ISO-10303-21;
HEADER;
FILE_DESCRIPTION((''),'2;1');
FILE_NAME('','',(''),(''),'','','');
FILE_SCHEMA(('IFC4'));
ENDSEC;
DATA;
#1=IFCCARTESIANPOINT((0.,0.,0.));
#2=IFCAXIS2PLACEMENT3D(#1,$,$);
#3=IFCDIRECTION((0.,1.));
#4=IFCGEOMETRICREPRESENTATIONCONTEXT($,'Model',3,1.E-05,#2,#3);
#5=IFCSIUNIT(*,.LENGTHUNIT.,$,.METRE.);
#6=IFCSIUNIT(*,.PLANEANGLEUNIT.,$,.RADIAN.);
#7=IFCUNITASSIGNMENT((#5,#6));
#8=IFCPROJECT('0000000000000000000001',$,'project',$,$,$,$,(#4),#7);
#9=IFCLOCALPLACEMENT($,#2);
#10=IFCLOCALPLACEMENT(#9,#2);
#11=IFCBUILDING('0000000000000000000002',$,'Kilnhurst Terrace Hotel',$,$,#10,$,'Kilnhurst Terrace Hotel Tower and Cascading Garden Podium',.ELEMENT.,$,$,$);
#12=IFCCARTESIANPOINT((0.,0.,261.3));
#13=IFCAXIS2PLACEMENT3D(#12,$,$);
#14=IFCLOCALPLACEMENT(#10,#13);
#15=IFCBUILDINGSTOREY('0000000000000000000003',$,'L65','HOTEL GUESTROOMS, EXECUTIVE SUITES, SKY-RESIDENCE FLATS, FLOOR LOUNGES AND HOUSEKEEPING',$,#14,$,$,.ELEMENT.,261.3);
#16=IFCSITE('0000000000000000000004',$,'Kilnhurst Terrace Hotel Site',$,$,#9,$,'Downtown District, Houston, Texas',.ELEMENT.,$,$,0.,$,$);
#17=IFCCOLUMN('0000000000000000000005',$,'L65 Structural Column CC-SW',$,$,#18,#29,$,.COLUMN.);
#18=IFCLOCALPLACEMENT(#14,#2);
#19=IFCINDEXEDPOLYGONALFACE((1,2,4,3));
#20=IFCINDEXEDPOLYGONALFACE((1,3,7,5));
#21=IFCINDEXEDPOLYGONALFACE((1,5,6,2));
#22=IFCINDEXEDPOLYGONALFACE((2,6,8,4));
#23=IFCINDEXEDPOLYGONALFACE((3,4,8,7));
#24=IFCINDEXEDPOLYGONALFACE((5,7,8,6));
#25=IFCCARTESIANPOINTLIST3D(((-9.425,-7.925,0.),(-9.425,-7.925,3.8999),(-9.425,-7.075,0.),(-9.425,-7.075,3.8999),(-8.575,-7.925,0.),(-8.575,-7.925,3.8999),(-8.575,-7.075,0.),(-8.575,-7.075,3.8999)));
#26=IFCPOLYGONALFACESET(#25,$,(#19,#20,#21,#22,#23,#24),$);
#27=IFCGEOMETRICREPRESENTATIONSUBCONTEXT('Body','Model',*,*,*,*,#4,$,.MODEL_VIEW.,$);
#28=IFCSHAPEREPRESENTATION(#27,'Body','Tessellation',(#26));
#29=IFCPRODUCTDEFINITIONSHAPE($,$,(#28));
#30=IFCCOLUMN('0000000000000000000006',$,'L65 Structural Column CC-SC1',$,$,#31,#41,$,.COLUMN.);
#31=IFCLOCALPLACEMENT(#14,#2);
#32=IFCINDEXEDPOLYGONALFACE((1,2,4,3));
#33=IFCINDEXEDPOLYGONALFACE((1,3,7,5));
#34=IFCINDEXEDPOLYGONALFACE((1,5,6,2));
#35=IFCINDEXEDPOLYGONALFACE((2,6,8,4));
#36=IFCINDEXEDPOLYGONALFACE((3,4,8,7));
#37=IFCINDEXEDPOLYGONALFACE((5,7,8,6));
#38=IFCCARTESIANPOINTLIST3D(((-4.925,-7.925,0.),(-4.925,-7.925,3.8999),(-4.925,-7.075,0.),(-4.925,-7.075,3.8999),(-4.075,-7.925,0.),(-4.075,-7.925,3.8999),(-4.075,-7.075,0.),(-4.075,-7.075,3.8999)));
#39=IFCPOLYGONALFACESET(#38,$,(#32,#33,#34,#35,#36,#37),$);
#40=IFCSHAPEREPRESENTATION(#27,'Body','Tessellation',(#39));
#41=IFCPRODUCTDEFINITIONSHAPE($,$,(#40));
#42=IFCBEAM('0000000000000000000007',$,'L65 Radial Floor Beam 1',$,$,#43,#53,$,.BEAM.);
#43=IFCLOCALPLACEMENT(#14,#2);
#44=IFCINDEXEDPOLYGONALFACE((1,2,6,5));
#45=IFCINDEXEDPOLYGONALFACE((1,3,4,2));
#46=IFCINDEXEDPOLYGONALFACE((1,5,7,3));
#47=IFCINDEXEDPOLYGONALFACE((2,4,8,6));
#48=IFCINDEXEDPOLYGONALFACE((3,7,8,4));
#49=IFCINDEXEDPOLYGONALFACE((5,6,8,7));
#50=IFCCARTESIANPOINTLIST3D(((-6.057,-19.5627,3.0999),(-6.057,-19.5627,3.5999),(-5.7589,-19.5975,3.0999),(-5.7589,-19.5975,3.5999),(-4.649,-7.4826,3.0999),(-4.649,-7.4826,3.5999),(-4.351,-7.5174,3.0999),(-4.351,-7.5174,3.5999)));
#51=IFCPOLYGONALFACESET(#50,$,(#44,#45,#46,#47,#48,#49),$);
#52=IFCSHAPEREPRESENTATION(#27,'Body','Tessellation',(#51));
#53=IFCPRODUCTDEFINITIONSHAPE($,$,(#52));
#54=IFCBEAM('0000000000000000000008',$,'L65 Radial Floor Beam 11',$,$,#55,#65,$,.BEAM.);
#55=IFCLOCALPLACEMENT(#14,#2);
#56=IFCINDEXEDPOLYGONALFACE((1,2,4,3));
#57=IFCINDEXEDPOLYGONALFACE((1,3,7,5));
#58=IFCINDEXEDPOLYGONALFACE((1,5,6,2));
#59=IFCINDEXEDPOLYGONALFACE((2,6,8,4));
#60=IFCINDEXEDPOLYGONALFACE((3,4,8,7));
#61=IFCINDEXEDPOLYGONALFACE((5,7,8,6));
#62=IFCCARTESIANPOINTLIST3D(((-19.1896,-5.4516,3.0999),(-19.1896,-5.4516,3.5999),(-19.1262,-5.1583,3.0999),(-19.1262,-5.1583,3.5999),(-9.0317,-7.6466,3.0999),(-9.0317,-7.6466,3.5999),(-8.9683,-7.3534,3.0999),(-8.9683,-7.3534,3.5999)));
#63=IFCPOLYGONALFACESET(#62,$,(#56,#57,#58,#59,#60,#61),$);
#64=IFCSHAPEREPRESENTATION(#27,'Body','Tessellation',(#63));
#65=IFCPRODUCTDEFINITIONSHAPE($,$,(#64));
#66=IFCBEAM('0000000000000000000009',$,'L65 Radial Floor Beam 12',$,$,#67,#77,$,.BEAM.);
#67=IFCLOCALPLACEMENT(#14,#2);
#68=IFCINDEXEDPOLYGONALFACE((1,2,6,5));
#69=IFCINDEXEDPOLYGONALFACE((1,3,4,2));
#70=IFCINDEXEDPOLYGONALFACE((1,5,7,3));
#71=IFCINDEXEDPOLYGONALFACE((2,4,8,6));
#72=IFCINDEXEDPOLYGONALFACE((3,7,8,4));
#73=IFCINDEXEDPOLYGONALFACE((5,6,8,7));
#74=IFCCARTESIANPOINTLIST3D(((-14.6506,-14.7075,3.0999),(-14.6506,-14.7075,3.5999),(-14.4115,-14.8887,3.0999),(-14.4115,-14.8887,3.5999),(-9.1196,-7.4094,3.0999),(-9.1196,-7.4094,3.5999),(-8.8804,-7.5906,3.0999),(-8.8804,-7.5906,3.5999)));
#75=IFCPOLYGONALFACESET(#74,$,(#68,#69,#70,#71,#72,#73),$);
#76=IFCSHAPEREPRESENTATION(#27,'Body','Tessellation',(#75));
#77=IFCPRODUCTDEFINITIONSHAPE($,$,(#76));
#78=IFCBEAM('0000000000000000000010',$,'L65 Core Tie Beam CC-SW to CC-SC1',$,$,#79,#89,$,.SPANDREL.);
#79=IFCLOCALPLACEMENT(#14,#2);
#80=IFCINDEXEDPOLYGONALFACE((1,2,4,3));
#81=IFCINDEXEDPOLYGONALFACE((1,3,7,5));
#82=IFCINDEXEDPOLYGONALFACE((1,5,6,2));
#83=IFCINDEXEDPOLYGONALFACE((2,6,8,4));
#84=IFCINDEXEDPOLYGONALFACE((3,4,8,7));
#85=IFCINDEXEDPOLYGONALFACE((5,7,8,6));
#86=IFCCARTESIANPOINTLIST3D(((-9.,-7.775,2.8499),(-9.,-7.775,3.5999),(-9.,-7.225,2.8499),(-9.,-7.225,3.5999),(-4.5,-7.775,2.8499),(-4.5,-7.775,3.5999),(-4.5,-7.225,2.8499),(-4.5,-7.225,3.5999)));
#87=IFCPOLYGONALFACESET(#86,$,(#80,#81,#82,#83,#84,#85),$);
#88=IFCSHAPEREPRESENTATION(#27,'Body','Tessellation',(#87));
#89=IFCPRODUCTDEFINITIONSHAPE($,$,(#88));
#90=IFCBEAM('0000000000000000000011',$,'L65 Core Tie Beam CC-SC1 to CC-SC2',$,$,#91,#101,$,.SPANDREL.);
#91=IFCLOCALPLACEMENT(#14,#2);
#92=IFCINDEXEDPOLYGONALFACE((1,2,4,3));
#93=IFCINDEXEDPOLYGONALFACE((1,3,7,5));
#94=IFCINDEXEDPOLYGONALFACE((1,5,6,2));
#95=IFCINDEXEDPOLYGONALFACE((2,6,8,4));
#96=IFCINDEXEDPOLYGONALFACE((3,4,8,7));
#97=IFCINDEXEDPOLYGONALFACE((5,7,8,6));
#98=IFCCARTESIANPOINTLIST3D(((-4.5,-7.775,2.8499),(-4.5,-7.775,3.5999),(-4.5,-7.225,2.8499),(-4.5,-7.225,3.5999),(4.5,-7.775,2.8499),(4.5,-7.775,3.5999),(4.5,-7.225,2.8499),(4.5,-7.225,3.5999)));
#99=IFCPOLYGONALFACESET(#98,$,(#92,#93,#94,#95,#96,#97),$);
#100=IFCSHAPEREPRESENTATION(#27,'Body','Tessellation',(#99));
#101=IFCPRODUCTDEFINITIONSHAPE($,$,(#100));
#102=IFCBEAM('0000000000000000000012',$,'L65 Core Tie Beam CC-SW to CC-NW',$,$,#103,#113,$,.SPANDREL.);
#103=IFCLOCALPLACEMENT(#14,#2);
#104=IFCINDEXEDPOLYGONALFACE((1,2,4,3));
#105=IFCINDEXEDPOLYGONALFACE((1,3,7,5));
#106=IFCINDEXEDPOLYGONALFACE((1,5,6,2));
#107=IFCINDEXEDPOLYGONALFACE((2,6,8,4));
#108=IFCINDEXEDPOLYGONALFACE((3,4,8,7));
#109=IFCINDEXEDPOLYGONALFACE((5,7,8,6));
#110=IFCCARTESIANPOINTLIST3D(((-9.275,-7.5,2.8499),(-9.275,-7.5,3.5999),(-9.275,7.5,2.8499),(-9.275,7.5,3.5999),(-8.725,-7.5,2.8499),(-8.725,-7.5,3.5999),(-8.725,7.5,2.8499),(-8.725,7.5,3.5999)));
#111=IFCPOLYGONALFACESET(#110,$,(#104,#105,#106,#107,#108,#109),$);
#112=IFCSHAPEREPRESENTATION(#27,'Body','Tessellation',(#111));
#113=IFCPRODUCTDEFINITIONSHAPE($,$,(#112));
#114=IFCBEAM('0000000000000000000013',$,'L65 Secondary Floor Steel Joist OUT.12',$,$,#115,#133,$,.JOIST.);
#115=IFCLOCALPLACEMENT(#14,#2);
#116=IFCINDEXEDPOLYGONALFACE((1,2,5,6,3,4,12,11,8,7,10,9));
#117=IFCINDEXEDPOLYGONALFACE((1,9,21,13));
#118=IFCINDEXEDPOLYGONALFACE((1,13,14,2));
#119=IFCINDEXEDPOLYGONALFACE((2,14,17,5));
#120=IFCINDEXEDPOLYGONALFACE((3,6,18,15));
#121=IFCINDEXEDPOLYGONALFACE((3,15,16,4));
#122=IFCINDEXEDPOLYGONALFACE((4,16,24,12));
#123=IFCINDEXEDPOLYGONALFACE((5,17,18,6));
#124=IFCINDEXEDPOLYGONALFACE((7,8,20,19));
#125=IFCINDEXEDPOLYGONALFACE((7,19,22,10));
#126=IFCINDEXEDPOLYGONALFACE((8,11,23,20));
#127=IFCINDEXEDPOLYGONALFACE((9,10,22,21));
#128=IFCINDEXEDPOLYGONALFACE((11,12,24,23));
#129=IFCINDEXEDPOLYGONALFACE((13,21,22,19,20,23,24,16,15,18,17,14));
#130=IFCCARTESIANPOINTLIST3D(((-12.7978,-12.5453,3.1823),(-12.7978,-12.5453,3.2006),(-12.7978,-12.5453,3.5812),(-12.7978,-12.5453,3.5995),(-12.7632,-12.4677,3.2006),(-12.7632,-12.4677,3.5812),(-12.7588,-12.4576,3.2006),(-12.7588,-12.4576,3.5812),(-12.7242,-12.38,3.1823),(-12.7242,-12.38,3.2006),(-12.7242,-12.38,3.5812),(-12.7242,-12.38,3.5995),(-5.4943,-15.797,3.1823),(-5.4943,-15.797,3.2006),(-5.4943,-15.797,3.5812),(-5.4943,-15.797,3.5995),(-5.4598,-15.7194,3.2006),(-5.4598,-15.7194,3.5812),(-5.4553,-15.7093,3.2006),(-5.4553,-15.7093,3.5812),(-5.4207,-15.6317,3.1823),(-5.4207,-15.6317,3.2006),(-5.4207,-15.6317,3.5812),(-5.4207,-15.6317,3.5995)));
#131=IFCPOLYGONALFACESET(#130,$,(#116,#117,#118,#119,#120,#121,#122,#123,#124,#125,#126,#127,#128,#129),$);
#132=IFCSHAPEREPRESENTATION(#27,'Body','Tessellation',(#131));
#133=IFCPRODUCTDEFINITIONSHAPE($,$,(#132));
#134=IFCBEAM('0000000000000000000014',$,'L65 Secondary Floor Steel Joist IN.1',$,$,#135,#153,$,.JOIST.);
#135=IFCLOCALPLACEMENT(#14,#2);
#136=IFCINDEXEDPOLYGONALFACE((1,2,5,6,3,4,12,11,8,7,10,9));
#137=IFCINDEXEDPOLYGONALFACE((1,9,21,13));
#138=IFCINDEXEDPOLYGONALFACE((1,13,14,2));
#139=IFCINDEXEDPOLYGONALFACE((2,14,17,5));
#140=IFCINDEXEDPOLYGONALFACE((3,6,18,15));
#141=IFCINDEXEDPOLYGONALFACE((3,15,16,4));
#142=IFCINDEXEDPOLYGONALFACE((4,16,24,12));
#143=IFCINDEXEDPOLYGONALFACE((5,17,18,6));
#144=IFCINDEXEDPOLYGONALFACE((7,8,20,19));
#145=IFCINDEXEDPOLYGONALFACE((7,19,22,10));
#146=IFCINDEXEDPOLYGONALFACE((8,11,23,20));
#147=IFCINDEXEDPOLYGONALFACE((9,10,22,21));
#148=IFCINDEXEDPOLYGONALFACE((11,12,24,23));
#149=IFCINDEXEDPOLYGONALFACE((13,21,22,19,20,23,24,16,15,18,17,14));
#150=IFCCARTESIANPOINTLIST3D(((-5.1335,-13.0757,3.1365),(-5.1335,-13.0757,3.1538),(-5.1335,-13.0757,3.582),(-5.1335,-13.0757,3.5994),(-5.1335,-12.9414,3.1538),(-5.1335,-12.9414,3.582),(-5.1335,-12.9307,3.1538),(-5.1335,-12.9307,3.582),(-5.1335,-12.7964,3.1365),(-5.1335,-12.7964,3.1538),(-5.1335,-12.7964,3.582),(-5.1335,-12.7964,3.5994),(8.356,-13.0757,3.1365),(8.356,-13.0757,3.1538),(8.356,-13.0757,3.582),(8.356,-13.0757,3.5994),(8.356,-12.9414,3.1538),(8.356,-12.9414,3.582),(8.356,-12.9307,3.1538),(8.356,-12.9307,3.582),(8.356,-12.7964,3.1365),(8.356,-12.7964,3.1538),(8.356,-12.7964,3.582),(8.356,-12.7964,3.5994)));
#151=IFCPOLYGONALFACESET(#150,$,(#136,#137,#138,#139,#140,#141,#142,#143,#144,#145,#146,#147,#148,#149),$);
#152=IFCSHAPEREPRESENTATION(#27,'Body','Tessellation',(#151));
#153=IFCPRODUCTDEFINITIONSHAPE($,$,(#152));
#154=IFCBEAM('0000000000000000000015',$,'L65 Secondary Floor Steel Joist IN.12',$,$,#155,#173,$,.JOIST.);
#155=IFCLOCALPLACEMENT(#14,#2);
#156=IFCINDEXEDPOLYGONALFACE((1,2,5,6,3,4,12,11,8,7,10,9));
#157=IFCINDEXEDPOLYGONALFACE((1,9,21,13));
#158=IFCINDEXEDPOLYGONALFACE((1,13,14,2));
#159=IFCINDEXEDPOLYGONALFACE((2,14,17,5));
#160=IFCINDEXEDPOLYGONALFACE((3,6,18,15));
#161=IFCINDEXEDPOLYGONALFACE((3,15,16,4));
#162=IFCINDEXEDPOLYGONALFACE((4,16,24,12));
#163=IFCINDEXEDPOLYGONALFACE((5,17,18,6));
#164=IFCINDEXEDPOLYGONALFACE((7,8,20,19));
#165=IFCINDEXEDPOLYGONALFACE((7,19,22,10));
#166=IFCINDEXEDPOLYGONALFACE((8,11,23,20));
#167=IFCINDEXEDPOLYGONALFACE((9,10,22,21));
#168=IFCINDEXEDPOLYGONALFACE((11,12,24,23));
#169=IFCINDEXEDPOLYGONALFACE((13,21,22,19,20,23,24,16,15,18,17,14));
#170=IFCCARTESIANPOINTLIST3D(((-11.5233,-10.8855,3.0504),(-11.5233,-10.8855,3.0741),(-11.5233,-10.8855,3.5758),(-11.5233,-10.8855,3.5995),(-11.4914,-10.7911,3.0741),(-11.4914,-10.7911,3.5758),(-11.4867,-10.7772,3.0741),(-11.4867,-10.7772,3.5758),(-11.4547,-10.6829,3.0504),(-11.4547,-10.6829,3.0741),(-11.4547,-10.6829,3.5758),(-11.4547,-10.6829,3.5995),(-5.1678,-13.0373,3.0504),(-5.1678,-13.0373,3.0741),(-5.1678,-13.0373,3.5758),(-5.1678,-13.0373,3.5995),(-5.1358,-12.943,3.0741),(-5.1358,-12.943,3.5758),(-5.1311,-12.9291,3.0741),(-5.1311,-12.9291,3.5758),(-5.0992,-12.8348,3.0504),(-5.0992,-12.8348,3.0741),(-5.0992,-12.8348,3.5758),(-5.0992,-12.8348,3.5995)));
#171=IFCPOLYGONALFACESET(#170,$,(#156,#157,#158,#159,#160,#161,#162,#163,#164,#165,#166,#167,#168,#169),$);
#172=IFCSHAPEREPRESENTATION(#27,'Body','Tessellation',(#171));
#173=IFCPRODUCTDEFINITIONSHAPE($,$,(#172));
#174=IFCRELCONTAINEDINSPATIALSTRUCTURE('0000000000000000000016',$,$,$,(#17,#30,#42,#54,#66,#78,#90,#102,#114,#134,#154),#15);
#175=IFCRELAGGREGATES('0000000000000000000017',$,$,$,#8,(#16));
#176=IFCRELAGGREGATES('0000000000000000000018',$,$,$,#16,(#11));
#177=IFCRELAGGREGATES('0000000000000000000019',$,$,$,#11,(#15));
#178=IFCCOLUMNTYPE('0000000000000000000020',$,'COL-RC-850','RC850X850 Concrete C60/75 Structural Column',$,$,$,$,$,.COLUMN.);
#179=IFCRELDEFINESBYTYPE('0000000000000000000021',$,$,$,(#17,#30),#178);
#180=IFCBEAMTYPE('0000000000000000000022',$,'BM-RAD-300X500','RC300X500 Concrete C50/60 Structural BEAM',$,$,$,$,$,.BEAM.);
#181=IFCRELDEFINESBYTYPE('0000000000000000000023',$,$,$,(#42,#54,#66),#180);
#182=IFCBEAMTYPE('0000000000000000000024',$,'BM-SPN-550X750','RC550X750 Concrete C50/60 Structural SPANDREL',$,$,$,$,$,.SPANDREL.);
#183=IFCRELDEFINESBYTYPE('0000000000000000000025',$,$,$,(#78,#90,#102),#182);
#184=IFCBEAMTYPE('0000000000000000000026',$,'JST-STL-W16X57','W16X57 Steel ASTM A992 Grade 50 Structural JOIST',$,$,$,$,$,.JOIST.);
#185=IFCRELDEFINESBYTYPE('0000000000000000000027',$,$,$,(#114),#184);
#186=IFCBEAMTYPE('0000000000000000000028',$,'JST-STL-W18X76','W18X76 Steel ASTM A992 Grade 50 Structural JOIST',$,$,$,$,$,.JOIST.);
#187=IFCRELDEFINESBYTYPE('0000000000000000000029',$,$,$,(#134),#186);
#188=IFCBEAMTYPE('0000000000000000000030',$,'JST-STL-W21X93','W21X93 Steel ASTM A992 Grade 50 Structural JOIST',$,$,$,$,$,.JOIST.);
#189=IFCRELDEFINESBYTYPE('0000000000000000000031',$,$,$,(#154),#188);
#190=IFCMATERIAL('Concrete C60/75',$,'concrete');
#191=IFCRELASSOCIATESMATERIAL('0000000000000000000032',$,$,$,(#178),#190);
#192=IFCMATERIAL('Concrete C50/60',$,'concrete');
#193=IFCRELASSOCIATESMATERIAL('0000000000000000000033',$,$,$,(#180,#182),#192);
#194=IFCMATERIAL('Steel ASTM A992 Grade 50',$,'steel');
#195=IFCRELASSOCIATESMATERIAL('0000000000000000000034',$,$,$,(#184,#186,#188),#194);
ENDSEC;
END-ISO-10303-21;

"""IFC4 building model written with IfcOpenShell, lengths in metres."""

from ifc_helpers import new_model, si_unit, direction, frame, origin, origin_2d, place, context, subcontext, project, spatial, rectangle, i_section, extrude, material, material_profile, profile_set, type_object, element, save


model = new_model("IFC4")

# Units and contexts
model_context = context("Model", 3, precision=1e-05, world=origin(), true_north=direction((0.0, 1.0)))
body_context = subcontext(model_context, "Body", "Model", "MODEL_VIEW")
ifc_project = project(units=[si_unit("LENGTHUNIT", "METRE"), si_unit("PLANEANGLEUNIT", "RADIAN")], contexts=[model_context])

# Site, building, storey
site_placement = place(None, origin())
site = spatial("IfcSite", under=ifc_project, at=site_placement, Name="Kilnhurst Terrace Hotel Site", LongName="Downtown District, Houston, Texas", CompositionType="ELEMENT", RefElevation=0.0)
building_placement = place(site_placement, origin())
building = spatial("IfcBuilding", under=site, at=building_placement, Name="Kilnhurst Terrace Hotel", LongName="Kilnhurst Terrace Hotel Tower and Cascading Garden Podium", CompositionType="ELEMENT")
storey_placement = place(building_placement, frame((0.0, 0.0, 261.3)))
storey = spatial("IfcBuildingStorey", under=building, at=storey_placement, Name="L65", Description="HOTEL GUESTROOMS, EXECUTIVE SUITES, SKY-RESIDENCE FLATS, FLOOR LOUNGES AND HOUSEKEEPING", CompositionType="ELEMENT", Elevation=261.3)

# Columns
ifc_material_1 = material(Name="Concrete C60/75", Category="concrete")
ifc_material_profile_1 = material_profile(ifc_material_1, rectangle(XDim=0.8501, YDim=0.8501, at=origin_2d()), Name="RC850X850")
ifc_profile_set_1 = profile_set([ifc_material_profile_1], Name="Concrete C60/75")
column_type = type_object("IfcColumnType", Name="COL-RC-850", Description="RC850X850 Concrete C60/75 Structural Column", PredefinedType="COLUMN", material=ifc_profile_set_1)
for number, where, z_axis, x_axis, name in (
    (1, (-9.0, -7.5, 0.0), (0.0, 0.0, 1.0), (1.0, 0.0, 0.0), "L65 Structural Column CC-SW"),
    (2, (-4.5, -7.5, 0.0), (0.0, 0.0, 1.0), (1.0, 0.0, 0.0), "L65 Structural Column CC-SC1"),
):
    element("IfcColumn", number, at=place(storey_placement, frame(where, z_axis=z_axis, x_axis=x_axis)), inside=storey, type_object=column_type, Name=name, PredefinedType="COLUMN", context=body_context, shape_type="SweptSolid", body=[
        extrude(rectangle(XDim=0.8501, YDim=0.8501, at=origin_2d()), origin(), (0.0, 0.0, 1.0), 3.8999),
    ])

# Beams
ifc_material_2 = material(Name="Concrete C50/60", Category="concrete")
ifc_material_profile_2 = material_profile(ifc_material_2, rectangle(XDim=0.3, YDim=0.5, at=origin_2d()), Name="RC300X500")
ifc_profile_set_2 = profile_set([ifc_material_profile_2], Name="Concrete C50/60")
beam_type_1 = type_object("IfcBeamType", Name="BM-RAD-300X500", Description="RC300X500 Concrete C50/60 Structural BEAM", PredefinedType="BEAM", material=ifc_profile_set_2)
beam_1_placement = place(storey_placement, frame((-4.5, -7.5, 3.3499), z_axis=(-0.115768, -0.993276, 0.0), x_axis=(0.993276, -0.115768, 0.0)))
element("IfcBeam", 3, at=beam_1_placement, inside=storey, type_object=beam_type_1, Name="L65 Radial Floor Beam 1", PredefinedType="BEAM", context=body_context, shape_type="SweptSolid", body=[
    extrude(rectangle(XDim=0.3, YDim=0.5, at=origin_2d()), origin(), (0.0, 0.0, 1.0), 12.1619),
])
beam_2_placement = place(storey_placement, frame((-9.0, -7.5, 3.3499), z_axis=(-0.977439, 0.211218, 0.0), x_axis=(-0.211218, -0.977439, 0.0)))
element("IfcBeam", 4, at=beam_2_placement, inside=storey, type_object=beam_type_1, Name="L65 Radial Floor Beam 11", PredefinedType="BEAM", context=body_context, shape_type="SweptSolid", body=[
    extrude(rectangle(XDim=0.3, YDim=0.5, at=origin_2d()), origin(), (0.0, 0.0, 1.0), 10.3923),
])
beam_3_placement = place(storey_placement, frame((-9.0, -7.5, 3.3499), z_axis=(-0.604007, -0.796979, 0.0), x_axis=(0.796979, -0.604007, 0.0)))
element("IfcBeam", 5, at=beam_3_placement, inside=storey, type_object=beam_type_1, Name="L65 Radial Floor Beam 12", PredefinedType="BEAM", context=body_context, shape_type="SweptSolid", body=[
    extrude(rectangle(XDim=0.3, YDim=0.5, at=origin_2d()), origin(), (0.0, 0.0, 1.0), 9.1572),
])
ifc_material_profile_3 = material_profile(ifc_material_2, rectangle(XDim=0.55, YDim=0.75, at=origin_2d()), Name="RC550X750")
ifc_profile_set_3 = profile_set([ifc_material_profile_3], Name="Concrete C50/60")
beam_type_2 = type_object("IfcBeamType", Name="BM-SPN-550X750", Description="RC550X750 Concrete C50/60 Structural SPANDREL", PredefinedType="SPANDREL", material=ifc_profile_set_3)
beam_4_placement = place(storey_placement, frame((-9.0, -7.5, 3.2249), z_axis=(1.0, 0.0, 0.0), x_axis=(0.0, 1.0, 0.0)))
element("IfcBeam", 6, at=beam_4_placement, inside=storey, type_object=beam_type_2, Name="L65 Core Tie Beam CC-SW to CC-SC1", PredefinedType="SPANDREL", context=body_context, shape_type="SweptSolid", body=[
    extrude(rectangle(XDim=0.55, YDim=0.75, at=origin_2d()), origin(), (0.0, 0.0, 1.0), 4.5),
])
beam_5_placement = place(storey_placement, frame((-4.5, -7.5, 3.2249), z_axis=(1.0, 0.0, 0.0), x_axis=(0.0, 1.0, 0.0)))
element("IfcBeam", 7, at=beam_5_placement, inside=storey, type_object=beam_type_2, Name="L65 Core Tie Beam CC-SC1 to CC-SC2", PredefinedType="SPANDREL", context=body_context, shape_type="SweptSolid", body=[
    extrude(rectangle(XDim=0.55, YDim=0.75, at=origin_2d()), origin(), (0.0, 0.0, 1.0), 9.0),
])
beam_6_placement = place(storey_placement, frame((-9.0, -7.5, 3.2249), z_axis=(0.0, 1.0, 0.0), x_axis=(-1.0, 0.0, 0.0)))
element("IfcBeam", 8, at=beam_6_placement, inside=storey, type_object=beam_type_2, Name="L65 Core Tie Beam CC-SW to CC-NW", PredefinedType="SPANDREL", context=body_context, shape_type="SweptSolid", body=[
    extrude(rectangle(XDim=0.55, YDim=0.75, at=origin_2d()), origin(), (0.0, 0.0, 1.0), 15.0),
])
ifc_material_3 = material(Name="Steel ASTM A992 Grade 50", Category="steel")
ifc_material_profile_4 = material_profile(ifc_material_3, i_section(OverallWidth=0.1809, OverallDepth=0.4172, WebThickness=0.011, FlangeThickness=0.0183, at=origin_2d()), Name="W16X57")
ifc_profile_set_4 = profile_set([ifc_material_profile_4], Name="Steel ASTM A992 Grade 50")
beam_type_3 = type_object("IfcBeamType", Name="JST-STL-W16X57", Description="W16X57 Steel ASTM A992 Grade 50 Structural JOIST", PredefinedType="JOIST", material=ifc_profile_set_4)
beam_7_placement = place(storey_placement, frame((-12.761, -12.4626, 3.3909), z_axis=(0.913546, -0.406736, 0.0), x_axis=(0.406736, 0.913546, 0.0)))
element("IfcBeam", 9, at=beam_7_placement, inside=storey, type_object=beam_type_3, Name="L65 Secondary Floor Steel Joist OUT.12", PredefinedType="JOIST", context=body_context, shape_type="SweptSolid", body=[
    extrude(i_section(OverallWidth=0.1809, OverallDepth=0.4172, WebThickness=0.011, FlangeThickness=0.0183, at=origin_2d()), origin(), (0.0, 0.0, 1.0), 7.9946),
])
ifc_material_profile_5 = material_profile(ifc_material_3, i_section(OverallWidth=0.2793, OverallDepth=0.4629, WebThickness=0.0107, FlangeThickness=0.0173, at=origin_2d()), Name="W18X76")
ifc_profile_set_5 = profile_set([ifc_material_profile_5], Name="Steel ASTM A992 Grade 50")
beam_type_4 = type_object("IfcBeamType", Name="JST-STL-W18X76", Description="W18X76 Steel ASTM A992 Grade 50 Structural JOIST", PredefinedType="JOIST", material=ifc_profile_set_5)
beam_8_placement = place(storey_placement, frame((-5.1335, -12.936, 3.3679), z_axis=(1.0, 0.0, 0.0), x_axis=(0.0, 1.0, 0.0)))
element("IfcBeam", 10, at=beam_8_placement, inside=storey, type_object=beam_type_4, Name="L65 Secondary Floor Steel Joist IN.1", PredefinedType="JOIST", context=body_context, shape_type="SweptSolid", body=[
    extrude(i_section(OverallWidth=0.2793, OverallDepth=0.4629, WebThickness=0.0107, FlangeThickness=0.0173, at=origin_2d()), origin(), (0.0, 0.0, 1.0), 13.4895),
])
ifc_material_profile_6 = material_profile(ifc_material_3, i_section(OverallWidth=0.2139, OverallDepth=0.5491, WebThickness=0.0146, FlangeThickness=0.0237, at=origin_2d()), Name="W21X93")
ifc_profile_set_6 = profile_set([ifc_material_profile_6], Name="Steel ASTM A992 Grade 50")
beam_type_5 = type_object("IfcBeamType", Name="JST-STL-W21X93", Description="W21X93 Steel ASTM A992 Grade 50 Structural JOIST", PredefinedType="JOIST", material=ifc_profile_set_6)
beam_9_placement = place(storey_placement, frame((-11.489, -10.7842, 3.325), z_axis=(0.947181, -0.3207, 0.0), x_axis=(0.3207, 0.947181, 0.0)))
element("IfcBeam", 11, at=beam_9_placement, inside=storey, type_object=beam_type_5, Name="L65 Secondary Floor Steel Joist IN.12", PredefinedType="JOIST", context=body_context, shape_type="SweptSolid", body=[
    extrude(i_section(OverallWidth=0.2139, OverallDepth=0.5491, WebThickness=0.0146, FlangeThickness=0.0237, at=origin_2d()), origin(), (0.0, 0.0, 1.0), 6.71),
])

save(model, "model.ifc")
